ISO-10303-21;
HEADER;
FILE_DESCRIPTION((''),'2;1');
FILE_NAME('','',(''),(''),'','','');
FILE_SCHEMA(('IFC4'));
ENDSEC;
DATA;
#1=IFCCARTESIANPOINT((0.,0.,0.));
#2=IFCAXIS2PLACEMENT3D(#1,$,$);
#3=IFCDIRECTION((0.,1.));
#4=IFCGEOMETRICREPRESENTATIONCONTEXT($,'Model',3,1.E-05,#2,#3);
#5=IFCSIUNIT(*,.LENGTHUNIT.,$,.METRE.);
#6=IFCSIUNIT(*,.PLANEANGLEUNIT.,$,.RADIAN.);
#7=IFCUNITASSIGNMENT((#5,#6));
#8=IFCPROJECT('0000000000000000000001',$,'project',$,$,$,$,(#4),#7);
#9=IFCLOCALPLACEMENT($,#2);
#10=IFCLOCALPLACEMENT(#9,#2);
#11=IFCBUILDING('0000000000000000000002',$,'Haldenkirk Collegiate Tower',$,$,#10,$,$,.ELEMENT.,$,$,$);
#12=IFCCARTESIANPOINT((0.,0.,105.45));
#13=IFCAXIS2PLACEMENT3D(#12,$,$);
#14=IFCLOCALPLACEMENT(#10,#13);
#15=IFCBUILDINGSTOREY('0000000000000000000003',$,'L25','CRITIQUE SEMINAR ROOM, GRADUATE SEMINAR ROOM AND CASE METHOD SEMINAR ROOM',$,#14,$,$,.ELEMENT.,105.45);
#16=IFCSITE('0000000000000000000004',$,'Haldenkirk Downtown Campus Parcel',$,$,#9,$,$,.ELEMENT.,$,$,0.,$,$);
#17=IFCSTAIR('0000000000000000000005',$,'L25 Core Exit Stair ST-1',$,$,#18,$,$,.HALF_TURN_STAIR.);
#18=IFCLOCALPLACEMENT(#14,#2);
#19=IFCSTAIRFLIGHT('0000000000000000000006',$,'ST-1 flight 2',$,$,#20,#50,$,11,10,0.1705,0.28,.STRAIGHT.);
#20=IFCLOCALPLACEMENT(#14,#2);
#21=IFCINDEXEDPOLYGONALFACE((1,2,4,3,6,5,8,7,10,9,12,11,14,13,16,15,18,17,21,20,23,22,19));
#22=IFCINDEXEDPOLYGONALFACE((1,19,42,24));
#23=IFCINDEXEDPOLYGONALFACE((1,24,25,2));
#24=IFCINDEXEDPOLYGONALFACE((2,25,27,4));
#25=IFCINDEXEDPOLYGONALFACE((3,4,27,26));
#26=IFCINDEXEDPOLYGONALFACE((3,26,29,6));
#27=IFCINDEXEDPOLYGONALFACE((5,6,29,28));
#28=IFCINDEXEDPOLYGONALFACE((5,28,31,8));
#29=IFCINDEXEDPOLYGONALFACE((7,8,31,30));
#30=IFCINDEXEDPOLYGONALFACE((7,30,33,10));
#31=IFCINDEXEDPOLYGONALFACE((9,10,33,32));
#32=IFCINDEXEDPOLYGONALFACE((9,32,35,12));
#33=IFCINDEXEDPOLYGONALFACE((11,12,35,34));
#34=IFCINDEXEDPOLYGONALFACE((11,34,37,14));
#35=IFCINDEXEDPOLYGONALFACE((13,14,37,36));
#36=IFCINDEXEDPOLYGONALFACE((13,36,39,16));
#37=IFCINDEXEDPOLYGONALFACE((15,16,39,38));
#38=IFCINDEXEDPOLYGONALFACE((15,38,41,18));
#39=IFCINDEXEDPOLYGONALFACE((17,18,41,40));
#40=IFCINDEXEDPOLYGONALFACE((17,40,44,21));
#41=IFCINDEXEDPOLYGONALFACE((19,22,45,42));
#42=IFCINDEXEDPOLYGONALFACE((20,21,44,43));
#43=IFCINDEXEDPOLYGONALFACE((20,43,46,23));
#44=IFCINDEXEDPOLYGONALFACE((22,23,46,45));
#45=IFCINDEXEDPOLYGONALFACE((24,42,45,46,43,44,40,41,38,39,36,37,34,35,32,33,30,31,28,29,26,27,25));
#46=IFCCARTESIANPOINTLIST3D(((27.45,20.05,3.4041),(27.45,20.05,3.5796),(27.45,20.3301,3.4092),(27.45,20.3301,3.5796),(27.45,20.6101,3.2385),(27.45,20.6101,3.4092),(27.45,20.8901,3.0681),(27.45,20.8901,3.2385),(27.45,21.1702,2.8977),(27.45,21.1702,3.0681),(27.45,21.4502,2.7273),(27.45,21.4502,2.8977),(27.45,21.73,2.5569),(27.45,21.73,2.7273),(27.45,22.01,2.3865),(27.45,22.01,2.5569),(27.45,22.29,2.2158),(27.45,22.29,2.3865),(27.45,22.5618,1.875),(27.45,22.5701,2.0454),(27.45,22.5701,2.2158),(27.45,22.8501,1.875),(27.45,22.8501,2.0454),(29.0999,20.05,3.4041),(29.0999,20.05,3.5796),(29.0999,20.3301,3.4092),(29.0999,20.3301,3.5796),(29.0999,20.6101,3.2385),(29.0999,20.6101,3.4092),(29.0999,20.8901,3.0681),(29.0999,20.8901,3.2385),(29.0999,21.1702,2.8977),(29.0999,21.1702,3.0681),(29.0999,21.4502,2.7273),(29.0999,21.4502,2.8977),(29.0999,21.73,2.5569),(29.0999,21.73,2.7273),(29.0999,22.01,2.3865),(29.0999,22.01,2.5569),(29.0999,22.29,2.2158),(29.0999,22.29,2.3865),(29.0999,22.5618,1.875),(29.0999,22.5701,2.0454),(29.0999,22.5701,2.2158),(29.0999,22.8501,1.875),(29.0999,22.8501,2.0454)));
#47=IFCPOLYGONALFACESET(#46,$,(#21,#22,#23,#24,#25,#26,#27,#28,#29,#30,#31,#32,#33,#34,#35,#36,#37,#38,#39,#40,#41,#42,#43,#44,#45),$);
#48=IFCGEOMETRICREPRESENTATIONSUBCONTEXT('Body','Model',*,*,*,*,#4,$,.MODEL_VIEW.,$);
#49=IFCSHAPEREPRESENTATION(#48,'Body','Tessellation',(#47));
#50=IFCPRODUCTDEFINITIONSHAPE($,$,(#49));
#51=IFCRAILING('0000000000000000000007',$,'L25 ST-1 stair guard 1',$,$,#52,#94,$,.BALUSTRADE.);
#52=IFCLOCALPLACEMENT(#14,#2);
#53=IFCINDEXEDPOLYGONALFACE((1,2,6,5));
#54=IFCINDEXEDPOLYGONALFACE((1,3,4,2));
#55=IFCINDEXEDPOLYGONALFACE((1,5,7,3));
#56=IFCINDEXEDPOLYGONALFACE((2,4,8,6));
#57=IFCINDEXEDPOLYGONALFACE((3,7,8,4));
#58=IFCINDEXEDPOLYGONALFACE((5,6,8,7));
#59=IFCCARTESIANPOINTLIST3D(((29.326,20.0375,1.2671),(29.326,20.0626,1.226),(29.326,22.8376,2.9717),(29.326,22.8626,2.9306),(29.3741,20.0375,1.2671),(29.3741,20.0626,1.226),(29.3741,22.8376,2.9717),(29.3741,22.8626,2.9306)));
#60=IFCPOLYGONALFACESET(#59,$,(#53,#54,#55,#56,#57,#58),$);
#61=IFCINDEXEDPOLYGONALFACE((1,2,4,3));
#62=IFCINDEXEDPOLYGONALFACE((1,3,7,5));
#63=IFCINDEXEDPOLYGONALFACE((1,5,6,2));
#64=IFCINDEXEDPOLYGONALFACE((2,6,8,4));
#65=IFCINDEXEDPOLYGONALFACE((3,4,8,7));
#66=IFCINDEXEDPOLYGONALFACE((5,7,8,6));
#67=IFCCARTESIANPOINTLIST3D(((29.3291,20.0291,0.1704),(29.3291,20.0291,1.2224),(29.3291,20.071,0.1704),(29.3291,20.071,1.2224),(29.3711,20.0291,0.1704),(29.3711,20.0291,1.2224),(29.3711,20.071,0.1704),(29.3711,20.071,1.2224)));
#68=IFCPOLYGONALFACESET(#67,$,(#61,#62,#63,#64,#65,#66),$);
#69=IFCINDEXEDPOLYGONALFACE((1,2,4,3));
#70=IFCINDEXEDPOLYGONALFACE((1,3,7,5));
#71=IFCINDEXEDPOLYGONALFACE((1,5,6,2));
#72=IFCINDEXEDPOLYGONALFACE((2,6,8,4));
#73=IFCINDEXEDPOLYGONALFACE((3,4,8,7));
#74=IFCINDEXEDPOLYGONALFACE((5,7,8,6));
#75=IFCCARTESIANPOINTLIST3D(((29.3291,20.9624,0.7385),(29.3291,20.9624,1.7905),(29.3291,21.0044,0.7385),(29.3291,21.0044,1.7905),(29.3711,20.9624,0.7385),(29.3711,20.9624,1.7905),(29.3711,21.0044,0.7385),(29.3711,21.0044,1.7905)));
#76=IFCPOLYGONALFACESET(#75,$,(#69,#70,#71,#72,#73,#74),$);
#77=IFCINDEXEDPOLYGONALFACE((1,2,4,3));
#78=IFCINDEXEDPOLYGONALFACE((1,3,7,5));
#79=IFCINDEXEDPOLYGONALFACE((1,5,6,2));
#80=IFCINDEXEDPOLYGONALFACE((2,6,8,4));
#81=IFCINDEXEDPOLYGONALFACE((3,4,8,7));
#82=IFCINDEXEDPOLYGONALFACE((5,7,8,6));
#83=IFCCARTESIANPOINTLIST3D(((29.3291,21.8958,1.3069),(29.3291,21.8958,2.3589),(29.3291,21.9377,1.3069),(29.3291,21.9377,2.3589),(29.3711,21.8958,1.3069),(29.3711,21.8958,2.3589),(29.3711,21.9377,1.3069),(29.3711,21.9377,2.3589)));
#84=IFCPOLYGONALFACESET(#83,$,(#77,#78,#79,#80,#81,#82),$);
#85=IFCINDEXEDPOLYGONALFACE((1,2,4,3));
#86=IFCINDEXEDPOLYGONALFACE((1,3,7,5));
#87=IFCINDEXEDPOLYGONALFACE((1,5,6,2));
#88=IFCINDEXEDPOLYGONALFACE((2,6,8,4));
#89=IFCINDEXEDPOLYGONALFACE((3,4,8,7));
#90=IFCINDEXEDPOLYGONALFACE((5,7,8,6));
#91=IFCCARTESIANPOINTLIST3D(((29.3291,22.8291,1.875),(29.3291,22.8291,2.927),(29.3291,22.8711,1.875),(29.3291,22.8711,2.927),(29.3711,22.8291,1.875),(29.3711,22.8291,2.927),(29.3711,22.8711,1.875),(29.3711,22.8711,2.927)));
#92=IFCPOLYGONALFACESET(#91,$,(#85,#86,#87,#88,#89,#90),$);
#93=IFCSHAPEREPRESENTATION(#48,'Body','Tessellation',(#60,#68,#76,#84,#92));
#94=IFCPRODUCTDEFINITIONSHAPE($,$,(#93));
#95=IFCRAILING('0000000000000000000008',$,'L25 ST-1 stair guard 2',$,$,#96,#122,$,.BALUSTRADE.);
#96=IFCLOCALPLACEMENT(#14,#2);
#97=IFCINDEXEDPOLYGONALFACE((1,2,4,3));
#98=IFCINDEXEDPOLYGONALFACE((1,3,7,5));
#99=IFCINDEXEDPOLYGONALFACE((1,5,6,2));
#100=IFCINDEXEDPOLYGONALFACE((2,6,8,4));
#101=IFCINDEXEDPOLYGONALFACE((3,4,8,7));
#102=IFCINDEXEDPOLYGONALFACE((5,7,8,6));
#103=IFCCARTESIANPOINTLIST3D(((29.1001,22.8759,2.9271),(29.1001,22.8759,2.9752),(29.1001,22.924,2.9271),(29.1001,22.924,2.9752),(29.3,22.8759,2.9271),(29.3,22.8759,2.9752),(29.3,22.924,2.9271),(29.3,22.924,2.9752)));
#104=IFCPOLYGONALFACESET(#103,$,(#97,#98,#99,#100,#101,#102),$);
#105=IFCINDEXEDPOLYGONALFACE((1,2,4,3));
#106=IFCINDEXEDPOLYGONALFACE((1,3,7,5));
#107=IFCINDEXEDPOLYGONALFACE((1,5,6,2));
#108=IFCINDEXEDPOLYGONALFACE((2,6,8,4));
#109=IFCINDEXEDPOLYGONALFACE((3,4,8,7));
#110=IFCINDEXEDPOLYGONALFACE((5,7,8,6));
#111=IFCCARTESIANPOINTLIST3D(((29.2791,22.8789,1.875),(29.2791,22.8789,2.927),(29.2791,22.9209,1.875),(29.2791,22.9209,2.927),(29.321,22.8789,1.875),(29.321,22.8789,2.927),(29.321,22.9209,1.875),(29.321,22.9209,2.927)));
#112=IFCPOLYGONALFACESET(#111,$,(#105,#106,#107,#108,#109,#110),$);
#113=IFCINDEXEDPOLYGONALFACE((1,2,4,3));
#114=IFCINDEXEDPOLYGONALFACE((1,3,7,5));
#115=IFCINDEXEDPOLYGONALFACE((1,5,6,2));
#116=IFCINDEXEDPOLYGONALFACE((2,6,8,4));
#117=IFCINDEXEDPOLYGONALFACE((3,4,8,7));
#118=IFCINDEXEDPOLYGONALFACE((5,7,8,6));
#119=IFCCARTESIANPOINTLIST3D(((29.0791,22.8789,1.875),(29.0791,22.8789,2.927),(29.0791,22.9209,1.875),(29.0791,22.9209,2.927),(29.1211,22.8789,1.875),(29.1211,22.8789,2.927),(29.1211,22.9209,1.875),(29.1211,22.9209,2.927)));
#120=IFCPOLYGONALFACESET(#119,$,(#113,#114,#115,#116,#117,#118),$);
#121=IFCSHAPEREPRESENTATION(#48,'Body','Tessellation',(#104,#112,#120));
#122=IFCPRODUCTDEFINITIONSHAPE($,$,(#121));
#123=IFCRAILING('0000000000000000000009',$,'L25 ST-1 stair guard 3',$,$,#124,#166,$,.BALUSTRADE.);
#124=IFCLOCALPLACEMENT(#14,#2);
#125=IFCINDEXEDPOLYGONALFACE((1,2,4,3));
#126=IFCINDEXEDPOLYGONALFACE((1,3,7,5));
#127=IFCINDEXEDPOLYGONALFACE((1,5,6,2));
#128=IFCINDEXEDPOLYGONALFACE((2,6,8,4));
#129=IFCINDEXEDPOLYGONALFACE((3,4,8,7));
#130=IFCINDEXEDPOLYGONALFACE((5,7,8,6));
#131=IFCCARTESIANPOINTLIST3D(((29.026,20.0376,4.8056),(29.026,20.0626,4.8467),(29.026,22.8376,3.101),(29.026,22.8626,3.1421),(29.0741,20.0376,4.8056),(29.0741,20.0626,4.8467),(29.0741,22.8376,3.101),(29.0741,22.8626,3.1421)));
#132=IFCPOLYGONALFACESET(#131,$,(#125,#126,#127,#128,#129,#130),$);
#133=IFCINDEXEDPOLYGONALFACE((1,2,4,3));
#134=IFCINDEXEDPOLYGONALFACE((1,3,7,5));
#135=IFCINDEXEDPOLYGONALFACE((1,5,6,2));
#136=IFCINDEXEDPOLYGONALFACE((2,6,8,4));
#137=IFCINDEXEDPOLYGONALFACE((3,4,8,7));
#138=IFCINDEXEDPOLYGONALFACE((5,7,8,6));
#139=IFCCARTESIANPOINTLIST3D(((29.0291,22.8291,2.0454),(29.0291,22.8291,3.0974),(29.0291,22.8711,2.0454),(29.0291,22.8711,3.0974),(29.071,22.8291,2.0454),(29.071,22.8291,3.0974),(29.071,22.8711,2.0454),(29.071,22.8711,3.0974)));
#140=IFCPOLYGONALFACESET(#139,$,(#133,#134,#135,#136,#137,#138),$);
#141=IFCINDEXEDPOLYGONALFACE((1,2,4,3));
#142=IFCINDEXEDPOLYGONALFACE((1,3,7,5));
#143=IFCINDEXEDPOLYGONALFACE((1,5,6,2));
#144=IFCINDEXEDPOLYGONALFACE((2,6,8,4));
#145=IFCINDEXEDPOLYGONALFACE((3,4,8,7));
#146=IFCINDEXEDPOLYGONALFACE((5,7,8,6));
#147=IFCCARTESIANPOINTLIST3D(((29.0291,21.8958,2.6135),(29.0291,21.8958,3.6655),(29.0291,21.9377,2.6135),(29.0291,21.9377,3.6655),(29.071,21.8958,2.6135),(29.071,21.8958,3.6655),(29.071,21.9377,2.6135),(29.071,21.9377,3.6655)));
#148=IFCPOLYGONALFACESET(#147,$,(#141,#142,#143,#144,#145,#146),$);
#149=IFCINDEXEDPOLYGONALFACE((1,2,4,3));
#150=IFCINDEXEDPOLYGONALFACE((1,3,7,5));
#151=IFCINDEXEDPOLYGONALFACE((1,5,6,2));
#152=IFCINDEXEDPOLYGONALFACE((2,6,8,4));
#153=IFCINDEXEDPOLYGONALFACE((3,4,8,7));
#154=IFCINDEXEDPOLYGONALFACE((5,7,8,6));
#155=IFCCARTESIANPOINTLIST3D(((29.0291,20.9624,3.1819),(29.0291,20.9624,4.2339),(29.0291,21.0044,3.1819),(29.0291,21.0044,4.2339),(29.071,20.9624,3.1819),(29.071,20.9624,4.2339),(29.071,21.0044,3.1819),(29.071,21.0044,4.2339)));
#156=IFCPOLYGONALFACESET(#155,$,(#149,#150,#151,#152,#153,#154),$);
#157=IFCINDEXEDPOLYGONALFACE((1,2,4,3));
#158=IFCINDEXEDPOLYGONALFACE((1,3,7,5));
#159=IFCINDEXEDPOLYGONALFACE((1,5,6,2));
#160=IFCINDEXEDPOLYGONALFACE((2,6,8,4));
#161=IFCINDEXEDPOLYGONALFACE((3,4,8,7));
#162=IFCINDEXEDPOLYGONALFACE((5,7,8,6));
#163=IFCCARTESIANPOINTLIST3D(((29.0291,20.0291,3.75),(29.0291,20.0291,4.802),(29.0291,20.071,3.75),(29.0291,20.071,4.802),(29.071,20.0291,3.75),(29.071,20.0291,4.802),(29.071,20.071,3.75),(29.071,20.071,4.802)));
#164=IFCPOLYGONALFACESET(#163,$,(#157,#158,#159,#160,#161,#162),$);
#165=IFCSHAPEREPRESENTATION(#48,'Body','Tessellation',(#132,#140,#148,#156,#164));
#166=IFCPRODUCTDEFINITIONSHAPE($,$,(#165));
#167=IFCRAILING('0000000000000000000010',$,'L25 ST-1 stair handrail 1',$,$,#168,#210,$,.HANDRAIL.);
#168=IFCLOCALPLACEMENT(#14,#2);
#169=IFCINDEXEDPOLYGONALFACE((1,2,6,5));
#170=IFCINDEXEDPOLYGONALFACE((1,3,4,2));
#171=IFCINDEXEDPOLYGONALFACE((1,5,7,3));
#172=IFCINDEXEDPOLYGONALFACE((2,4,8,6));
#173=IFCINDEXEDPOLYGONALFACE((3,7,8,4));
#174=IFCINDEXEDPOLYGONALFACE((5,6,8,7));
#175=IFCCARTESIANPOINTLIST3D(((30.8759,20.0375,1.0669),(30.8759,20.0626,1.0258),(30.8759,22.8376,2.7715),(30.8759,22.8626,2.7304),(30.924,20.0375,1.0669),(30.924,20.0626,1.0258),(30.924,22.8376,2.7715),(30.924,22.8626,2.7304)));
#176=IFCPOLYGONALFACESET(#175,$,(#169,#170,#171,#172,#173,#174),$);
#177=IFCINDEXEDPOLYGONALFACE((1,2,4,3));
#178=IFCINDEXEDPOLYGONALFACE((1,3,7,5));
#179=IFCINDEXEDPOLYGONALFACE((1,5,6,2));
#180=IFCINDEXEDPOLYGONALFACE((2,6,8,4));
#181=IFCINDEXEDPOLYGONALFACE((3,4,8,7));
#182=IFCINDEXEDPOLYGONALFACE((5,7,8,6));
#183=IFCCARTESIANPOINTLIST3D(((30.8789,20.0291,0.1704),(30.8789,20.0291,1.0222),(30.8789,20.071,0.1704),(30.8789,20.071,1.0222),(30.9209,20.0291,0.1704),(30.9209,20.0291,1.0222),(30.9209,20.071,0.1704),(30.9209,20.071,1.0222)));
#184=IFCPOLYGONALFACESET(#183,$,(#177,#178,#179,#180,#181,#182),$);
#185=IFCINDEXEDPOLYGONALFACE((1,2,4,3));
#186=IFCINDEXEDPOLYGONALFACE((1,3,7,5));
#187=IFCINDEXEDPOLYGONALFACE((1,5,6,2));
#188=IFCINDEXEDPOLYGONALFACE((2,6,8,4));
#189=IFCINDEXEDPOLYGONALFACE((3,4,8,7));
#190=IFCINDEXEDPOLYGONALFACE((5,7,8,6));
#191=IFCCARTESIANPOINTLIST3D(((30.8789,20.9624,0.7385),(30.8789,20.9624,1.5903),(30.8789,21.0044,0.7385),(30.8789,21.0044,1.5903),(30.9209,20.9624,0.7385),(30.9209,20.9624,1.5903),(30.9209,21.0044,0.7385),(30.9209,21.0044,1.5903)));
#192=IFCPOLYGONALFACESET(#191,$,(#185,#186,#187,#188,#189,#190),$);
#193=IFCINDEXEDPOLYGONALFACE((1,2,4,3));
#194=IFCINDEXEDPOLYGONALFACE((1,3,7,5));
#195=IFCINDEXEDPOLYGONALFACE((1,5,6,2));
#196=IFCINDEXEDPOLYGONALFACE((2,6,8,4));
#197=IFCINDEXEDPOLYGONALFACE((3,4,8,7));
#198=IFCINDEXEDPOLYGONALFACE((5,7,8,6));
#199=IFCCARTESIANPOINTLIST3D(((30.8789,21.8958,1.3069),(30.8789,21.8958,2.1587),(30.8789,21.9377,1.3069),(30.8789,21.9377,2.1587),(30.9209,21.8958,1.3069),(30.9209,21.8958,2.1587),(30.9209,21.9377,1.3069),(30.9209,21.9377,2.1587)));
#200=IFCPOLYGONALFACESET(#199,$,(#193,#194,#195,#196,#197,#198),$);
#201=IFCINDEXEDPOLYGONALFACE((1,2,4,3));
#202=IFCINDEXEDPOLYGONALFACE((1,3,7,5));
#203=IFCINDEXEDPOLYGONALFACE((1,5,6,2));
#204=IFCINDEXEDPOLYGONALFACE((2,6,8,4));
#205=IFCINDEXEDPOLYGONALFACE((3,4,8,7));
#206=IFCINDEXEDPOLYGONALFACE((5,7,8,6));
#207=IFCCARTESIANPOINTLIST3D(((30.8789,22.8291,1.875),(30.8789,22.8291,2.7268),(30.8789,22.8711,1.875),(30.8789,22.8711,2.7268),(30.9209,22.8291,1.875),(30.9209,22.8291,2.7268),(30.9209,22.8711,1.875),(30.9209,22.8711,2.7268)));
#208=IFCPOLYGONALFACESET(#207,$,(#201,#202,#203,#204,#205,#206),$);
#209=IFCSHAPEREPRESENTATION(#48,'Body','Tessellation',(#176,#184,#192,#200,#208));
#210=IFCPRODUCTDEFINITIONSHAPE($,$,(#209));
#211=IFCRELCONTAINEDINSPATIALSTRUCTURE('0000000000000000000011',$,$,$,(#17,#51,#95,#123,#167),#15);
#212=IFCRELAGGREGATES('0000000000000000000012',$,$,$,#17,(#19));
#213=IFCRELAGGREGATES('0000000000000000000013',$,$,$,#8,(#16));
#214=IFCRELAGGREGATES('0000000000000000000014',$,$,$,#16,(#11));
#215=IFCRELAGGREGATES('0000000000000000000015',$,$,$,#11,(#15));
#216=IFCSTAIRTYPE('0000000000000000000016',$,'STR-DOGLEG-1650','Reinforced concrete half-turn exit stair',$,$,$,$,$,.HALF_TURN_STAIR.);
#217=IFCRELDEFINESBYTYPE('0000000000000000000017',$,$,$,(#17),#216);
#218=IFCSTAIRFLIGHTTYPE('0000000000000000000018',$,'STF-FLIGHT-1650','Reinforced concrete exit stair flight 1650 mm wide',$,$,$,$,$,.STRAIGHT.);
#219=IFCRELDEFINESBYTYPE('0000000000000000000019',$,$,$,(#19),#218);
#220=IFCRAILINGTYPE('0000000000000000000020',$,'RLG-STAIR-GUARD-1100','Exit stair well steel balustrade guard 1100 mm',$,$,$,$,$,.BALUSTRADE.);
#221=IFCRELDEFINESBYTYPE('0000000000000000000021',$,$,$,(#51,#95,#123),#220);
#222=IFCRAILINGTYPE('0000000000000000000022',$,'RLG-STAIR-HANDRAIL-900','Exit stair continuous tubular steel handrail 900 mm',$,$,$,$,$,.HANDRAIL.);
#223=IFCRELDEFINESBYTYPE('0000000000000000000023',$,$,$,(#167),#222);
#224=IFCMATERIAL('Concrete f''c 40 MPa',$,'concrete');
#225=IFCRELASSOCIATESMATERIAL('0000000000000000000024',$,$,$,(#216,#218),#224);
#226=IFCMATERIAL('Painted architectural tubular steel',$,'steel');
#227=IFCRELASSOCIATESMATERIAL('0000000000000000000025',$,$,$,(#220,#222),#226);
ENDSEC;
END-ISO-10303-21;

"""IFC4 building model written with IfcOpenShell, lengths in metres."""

from ifc_helpers import new_model, si_unit, direction, frame, origin, origin_2d, place, context, subcontext, project, spatial, polyline, rectangle, outline, extrude, material, type_object, element, aggregate, save


model = new_model("IFC4")

# Units and contexts
model_context = context("Model", 3, precision=1e-05, world=origin(), true_north=direction((0.0, 1.0)))
body_context = subcontext(model_context, "Body", "Model", "MODEL_VIEW")
ifc_project = project(units=[si_unit("LENGTHUNIT", "METRE"), si_unit("PLANEANGLEUNIT", "RADIAN")], contexts=[model_context])

# Site, building, storey
site_placement = place(None, origin())
site = spatial("IfcSite", under=ifc_project, at=site_placement, Name="Haldenkirk Downtown Campus Parcel", CompositionType="ELEMENT", RefElevation=0.0)
building_placement = place(site_placement, origin())
building = spatial("IfcBuilding", under=site, at=building_placement, Name="Haldenkirk Collegiate Tower", CompositionType="ELEMENT")
storey_placement = place(building_placement, frame((0.0, 0.0, 105.45)))
storey = spatial("IfcBuildingStorey", under=building, at=storey_placement, Name="L25", Description="CRITIQUE SEMINAR ROOM, GRADUATE SEMINAR ROOM AND CASE METHOD SEMINAR ROOM", CompositionType="ELEMENT", Elevation=105.45)

# Stair, stair flight
ifc_material_1 = material(Name="Concrete f'c 40 MPa", Category="concrete")
stair_type = type_object("IfcStairType", Name="STR-DOGLEG-1650", Description="Reinforced concrete half-turn exit stair", PredefinedType="HALF_TURN_STAIR", material=ifc_material_1)
stair_placement = place(storey_placement, origin())
stair = element("IfcStair", 1, at=stair_placement, inside=storey, type_object=stair_type, Name="L25 Core Exit Stair ST-1", PredefinedType="HALF_TURN_STAIR")
stair_flight_type = type_object("IfcStairFlightType", Name="STF-FLIGHT-1650", Description="Reinforced concrete exit stair flight 1650 mm wide", PredefinedType="STRAIGHT", material=ifc_material_1)
stair_flight_1_placement = place(storey_placement, frame((28.2749, 22.8501, 1.875), z_axis=(0.0, 0.0, 1.0), x_axis=(0.0, -1.0, 0.0)))
stair_flight_1 = element("IfcStairFlight", 2, at=stair_flight_1_placement, type_object=stair_flight_type, Name="ST-1 flight 2", NumberOfRisers=11, NumberOfTreads=10, PredefinedType="STRAIGHT", RiserHeight=0.1705, TreadLength=0.28, context=body_context, shape_type="SweptSolid", body=[
    extrude(outline(polyline([(0.0, 0.0), (0.0, 0.1704), (0.28, 0.1704), (0.28, 0.3408), (0.5601, 0.3408), (0.5601, 0.5115), (0.8401, 0.5115), (0.8401, 0.6819), (1.1201, 0.6819), (1.1201, 0.8523), (1.3999, 0.8523), (1.3999, 1.0227), (1.6799, 1.0227), (1.6799, 1.1931), (1.96, 1.1931), (1.96, 1.3635), (2.24, 1.3635), (2.24, 1.5342), (2.52, 1.5342), (2.52, 1.7046), (2.8, 1.7046), (2.8, 1.875), (2.8, 1.5291), (0.2883, 0.0), (0.0, 0.0)])), frame((0.0, 0.825, 0.0), z_axis=(0.0, -1.0, 0.0), x_axis=(1.0, 0.0, 0.0)), (0.0, 0.0, 1.0), 1.6499),
])
aggregate(stair, [stair_flight_1])

# Railings
ifc_material_2 = material(Name="Painted architectural tubular steel", Category="steel")
railing_type_1 = type_object("IfcRailingType", Name="RLG-STAIR-GUARD-1100", Description="Exit stair well steel balustrade guard 1100 mm", PredefinedType="BALUSTRADE", material=ifc_material_2)
railing_1_placement = place(storey_placement, frame((29.3501, 20.05, 0.1704)))
element("IfcRailing", 3, at=railing_1_placement, inside=storey, type_object=railing_type_1, Name="L25 ST-1 stair guard 1", PredefinedType="BALUSTRADE", context=body_context, shape_type="SweptSolid", body=[
    extrude(rectangle(XDim=0.0481, YDim=0.0481, at=origin_2d()), frame((0.0, 0.0, 1.0762), z_axis=(0.0, 0.85417, 0.519994), x_axis=(-1.0, 0.0, 0.0)), (0.0, 0.0, 1.0), 3.2781),
    extrude(rectangle(XDim=0.042, YDim=0.042, at=origin_2d()), origin(), (0.0, 0.0, 1.0), 1.052),
    extrude(rectangle(XDim=0.042, YDim=0.042, at=origin_2d()), frame((0.0, 0.9333, 0.5681)), (0.0, 0.0, 1.0), 1.052),
    extrude(rectangle(XDim=0.042, YDim=0.042, at=origin_2d()), frame((0.0, 1.8667, 1.1365)), (0.0, 0.0, 1.0), 1.052),
    extrude(rectangle(XDim=0.042, YDim=0.042, at=origin_2d()), frame((0.0, 2.8, 1.7046)), (0.0, 0.0, 1.0), 1.052),
])
railing_2_placement = place(storey_placement, frame((29.3, 22.8999, 1.875)))
element("IfcRailing", 4, at=railing_2_placement, inside=storey, type_object=railing_type_1, Name="L25 ST-1 stair guard 2", PredefinedType="BALUSTRADE", context=body_context, shape_type="SweptSolid", body=[
    extrude(rectangle(XDim=0.0481, YDim=0.0481, at=origin_2d()), frame((0.0, 0.0, 1.0762), z_axis=(-1.0, 0.0, 0.0), x_axis=(0.0, -1.0, 0.0)), (0.0, 0.0, 1.0), 0.2),
    extrude(rectangle(XDim=0.042, YDim=0.042, at=origin_2d()), origin(), (0.0, 0.0, 1.0), 1.052),
    extrude(rectangle(XDim=0.042, YDim=0.042, at=origin_2d()), frame((-0.2, 0.0, 0.0)), (0.0, 0.0, 1.0), 1.052),
])
railing_3_placement = place(storey_placement, frame((29.05, 22.8501, 2.0454)))
element("IfcRailing", 5, at=railing_3_placement, inside=storey, type_object=railing_type_1, Name="L25 ST-1 stair guard 3", PredefinedType="BALUSTRADE", context=body_context, shape_type="SweptSolid", body=[
    extrude(rectangle(XDim=0.0481, YDim=0.0481, at=origin_2d()), frame((0.0, 0.0, 1.0762), z_axis=(0.0, -0.85417, 0.519994), x_axis=(1.0, 0.0, 0.0)), (0.0, 0.0, 1.0), 3.2781),
    extrude(rectangle(XDim=0.042, YDim=0.042, at=origin_2d()), origin(), (0.0, 0.0, 1.0), 1.052),
    extrude(rectangle(XDim=0.042, YDim=0.042, at=origin_2d()), frame((0.0, -0.9333, 0.5681)), (0.0, 0.0, 1.0), 1.052),
    extrude(rectangle(XDim=0.042, YDim=0.042, at=origin_2d()), frame((0.0, -1.8667, 1.1365)), (0.0, 0.0, 1.0), 1.052),
    extrude(rectangle(XDim=0.042, YDim=0.042, at=origin_2d()), frame((0.0, -2.8, 1.7046)), (0.0, 0.0, 1.0), 1.052),
])
railing_type_2 = type_object("IfcRailingType", Name="RLG-STAIR-HANDRAIL-900", Description="Exit stair continuous tubular steel handrail 900 mm", PredefinedType="HANDRAIL", material=ifc_material_2)
railing_4_placement = place(storey_placement, frame((30.8999, 20.05, 0.1704)))
element("IfcRailing", 6, at=railing_4_placement, inside=storey, type_object=railing_type_2, Name="L25 ST-1 stair handrail 1", PredefinedType="HANDRAIL", context=body_context, shape_type="SweptSolid", body=[
    extrude(rectangle(XDim=0.0481, YDim=0.0481, at=origin_2d()), frame((0.0, 0.0, 0.876), z_axis=(0.0, 0.85417, 0.519994), x_axis=(-1.0, 0.0, 0.0)), (0.0, 0.0, 1.0), 3.2781),
    extrude(rectangle(XDim=0.042, YDim=0.042, at=origin_2d()), origin(), (0.0, 0.0, 1.0), 0.8518),
    extrude(rectangle(XDim=0.042, YDim=0.042, at=origin_2d()), frame((0.0, 0.9333, 0.5681)), (0.0, 0.0, 1.0), 0.8518),
    extrude(rectangle(XDim=0.042, YDim=0.042, at=origin_2d()), frame((0.0, 1.8667, 1.1365)), (0.0, 0.0, 1.0), 0.8518),
    extrude(rectangle(XDim=0.042, YDim=0.042, at=origin_2d()), frame((0.0, 2.8, 1.7046)), (0.0, 0.0, 1.0), 0.8518),
])

save(model, "model.ifc")
